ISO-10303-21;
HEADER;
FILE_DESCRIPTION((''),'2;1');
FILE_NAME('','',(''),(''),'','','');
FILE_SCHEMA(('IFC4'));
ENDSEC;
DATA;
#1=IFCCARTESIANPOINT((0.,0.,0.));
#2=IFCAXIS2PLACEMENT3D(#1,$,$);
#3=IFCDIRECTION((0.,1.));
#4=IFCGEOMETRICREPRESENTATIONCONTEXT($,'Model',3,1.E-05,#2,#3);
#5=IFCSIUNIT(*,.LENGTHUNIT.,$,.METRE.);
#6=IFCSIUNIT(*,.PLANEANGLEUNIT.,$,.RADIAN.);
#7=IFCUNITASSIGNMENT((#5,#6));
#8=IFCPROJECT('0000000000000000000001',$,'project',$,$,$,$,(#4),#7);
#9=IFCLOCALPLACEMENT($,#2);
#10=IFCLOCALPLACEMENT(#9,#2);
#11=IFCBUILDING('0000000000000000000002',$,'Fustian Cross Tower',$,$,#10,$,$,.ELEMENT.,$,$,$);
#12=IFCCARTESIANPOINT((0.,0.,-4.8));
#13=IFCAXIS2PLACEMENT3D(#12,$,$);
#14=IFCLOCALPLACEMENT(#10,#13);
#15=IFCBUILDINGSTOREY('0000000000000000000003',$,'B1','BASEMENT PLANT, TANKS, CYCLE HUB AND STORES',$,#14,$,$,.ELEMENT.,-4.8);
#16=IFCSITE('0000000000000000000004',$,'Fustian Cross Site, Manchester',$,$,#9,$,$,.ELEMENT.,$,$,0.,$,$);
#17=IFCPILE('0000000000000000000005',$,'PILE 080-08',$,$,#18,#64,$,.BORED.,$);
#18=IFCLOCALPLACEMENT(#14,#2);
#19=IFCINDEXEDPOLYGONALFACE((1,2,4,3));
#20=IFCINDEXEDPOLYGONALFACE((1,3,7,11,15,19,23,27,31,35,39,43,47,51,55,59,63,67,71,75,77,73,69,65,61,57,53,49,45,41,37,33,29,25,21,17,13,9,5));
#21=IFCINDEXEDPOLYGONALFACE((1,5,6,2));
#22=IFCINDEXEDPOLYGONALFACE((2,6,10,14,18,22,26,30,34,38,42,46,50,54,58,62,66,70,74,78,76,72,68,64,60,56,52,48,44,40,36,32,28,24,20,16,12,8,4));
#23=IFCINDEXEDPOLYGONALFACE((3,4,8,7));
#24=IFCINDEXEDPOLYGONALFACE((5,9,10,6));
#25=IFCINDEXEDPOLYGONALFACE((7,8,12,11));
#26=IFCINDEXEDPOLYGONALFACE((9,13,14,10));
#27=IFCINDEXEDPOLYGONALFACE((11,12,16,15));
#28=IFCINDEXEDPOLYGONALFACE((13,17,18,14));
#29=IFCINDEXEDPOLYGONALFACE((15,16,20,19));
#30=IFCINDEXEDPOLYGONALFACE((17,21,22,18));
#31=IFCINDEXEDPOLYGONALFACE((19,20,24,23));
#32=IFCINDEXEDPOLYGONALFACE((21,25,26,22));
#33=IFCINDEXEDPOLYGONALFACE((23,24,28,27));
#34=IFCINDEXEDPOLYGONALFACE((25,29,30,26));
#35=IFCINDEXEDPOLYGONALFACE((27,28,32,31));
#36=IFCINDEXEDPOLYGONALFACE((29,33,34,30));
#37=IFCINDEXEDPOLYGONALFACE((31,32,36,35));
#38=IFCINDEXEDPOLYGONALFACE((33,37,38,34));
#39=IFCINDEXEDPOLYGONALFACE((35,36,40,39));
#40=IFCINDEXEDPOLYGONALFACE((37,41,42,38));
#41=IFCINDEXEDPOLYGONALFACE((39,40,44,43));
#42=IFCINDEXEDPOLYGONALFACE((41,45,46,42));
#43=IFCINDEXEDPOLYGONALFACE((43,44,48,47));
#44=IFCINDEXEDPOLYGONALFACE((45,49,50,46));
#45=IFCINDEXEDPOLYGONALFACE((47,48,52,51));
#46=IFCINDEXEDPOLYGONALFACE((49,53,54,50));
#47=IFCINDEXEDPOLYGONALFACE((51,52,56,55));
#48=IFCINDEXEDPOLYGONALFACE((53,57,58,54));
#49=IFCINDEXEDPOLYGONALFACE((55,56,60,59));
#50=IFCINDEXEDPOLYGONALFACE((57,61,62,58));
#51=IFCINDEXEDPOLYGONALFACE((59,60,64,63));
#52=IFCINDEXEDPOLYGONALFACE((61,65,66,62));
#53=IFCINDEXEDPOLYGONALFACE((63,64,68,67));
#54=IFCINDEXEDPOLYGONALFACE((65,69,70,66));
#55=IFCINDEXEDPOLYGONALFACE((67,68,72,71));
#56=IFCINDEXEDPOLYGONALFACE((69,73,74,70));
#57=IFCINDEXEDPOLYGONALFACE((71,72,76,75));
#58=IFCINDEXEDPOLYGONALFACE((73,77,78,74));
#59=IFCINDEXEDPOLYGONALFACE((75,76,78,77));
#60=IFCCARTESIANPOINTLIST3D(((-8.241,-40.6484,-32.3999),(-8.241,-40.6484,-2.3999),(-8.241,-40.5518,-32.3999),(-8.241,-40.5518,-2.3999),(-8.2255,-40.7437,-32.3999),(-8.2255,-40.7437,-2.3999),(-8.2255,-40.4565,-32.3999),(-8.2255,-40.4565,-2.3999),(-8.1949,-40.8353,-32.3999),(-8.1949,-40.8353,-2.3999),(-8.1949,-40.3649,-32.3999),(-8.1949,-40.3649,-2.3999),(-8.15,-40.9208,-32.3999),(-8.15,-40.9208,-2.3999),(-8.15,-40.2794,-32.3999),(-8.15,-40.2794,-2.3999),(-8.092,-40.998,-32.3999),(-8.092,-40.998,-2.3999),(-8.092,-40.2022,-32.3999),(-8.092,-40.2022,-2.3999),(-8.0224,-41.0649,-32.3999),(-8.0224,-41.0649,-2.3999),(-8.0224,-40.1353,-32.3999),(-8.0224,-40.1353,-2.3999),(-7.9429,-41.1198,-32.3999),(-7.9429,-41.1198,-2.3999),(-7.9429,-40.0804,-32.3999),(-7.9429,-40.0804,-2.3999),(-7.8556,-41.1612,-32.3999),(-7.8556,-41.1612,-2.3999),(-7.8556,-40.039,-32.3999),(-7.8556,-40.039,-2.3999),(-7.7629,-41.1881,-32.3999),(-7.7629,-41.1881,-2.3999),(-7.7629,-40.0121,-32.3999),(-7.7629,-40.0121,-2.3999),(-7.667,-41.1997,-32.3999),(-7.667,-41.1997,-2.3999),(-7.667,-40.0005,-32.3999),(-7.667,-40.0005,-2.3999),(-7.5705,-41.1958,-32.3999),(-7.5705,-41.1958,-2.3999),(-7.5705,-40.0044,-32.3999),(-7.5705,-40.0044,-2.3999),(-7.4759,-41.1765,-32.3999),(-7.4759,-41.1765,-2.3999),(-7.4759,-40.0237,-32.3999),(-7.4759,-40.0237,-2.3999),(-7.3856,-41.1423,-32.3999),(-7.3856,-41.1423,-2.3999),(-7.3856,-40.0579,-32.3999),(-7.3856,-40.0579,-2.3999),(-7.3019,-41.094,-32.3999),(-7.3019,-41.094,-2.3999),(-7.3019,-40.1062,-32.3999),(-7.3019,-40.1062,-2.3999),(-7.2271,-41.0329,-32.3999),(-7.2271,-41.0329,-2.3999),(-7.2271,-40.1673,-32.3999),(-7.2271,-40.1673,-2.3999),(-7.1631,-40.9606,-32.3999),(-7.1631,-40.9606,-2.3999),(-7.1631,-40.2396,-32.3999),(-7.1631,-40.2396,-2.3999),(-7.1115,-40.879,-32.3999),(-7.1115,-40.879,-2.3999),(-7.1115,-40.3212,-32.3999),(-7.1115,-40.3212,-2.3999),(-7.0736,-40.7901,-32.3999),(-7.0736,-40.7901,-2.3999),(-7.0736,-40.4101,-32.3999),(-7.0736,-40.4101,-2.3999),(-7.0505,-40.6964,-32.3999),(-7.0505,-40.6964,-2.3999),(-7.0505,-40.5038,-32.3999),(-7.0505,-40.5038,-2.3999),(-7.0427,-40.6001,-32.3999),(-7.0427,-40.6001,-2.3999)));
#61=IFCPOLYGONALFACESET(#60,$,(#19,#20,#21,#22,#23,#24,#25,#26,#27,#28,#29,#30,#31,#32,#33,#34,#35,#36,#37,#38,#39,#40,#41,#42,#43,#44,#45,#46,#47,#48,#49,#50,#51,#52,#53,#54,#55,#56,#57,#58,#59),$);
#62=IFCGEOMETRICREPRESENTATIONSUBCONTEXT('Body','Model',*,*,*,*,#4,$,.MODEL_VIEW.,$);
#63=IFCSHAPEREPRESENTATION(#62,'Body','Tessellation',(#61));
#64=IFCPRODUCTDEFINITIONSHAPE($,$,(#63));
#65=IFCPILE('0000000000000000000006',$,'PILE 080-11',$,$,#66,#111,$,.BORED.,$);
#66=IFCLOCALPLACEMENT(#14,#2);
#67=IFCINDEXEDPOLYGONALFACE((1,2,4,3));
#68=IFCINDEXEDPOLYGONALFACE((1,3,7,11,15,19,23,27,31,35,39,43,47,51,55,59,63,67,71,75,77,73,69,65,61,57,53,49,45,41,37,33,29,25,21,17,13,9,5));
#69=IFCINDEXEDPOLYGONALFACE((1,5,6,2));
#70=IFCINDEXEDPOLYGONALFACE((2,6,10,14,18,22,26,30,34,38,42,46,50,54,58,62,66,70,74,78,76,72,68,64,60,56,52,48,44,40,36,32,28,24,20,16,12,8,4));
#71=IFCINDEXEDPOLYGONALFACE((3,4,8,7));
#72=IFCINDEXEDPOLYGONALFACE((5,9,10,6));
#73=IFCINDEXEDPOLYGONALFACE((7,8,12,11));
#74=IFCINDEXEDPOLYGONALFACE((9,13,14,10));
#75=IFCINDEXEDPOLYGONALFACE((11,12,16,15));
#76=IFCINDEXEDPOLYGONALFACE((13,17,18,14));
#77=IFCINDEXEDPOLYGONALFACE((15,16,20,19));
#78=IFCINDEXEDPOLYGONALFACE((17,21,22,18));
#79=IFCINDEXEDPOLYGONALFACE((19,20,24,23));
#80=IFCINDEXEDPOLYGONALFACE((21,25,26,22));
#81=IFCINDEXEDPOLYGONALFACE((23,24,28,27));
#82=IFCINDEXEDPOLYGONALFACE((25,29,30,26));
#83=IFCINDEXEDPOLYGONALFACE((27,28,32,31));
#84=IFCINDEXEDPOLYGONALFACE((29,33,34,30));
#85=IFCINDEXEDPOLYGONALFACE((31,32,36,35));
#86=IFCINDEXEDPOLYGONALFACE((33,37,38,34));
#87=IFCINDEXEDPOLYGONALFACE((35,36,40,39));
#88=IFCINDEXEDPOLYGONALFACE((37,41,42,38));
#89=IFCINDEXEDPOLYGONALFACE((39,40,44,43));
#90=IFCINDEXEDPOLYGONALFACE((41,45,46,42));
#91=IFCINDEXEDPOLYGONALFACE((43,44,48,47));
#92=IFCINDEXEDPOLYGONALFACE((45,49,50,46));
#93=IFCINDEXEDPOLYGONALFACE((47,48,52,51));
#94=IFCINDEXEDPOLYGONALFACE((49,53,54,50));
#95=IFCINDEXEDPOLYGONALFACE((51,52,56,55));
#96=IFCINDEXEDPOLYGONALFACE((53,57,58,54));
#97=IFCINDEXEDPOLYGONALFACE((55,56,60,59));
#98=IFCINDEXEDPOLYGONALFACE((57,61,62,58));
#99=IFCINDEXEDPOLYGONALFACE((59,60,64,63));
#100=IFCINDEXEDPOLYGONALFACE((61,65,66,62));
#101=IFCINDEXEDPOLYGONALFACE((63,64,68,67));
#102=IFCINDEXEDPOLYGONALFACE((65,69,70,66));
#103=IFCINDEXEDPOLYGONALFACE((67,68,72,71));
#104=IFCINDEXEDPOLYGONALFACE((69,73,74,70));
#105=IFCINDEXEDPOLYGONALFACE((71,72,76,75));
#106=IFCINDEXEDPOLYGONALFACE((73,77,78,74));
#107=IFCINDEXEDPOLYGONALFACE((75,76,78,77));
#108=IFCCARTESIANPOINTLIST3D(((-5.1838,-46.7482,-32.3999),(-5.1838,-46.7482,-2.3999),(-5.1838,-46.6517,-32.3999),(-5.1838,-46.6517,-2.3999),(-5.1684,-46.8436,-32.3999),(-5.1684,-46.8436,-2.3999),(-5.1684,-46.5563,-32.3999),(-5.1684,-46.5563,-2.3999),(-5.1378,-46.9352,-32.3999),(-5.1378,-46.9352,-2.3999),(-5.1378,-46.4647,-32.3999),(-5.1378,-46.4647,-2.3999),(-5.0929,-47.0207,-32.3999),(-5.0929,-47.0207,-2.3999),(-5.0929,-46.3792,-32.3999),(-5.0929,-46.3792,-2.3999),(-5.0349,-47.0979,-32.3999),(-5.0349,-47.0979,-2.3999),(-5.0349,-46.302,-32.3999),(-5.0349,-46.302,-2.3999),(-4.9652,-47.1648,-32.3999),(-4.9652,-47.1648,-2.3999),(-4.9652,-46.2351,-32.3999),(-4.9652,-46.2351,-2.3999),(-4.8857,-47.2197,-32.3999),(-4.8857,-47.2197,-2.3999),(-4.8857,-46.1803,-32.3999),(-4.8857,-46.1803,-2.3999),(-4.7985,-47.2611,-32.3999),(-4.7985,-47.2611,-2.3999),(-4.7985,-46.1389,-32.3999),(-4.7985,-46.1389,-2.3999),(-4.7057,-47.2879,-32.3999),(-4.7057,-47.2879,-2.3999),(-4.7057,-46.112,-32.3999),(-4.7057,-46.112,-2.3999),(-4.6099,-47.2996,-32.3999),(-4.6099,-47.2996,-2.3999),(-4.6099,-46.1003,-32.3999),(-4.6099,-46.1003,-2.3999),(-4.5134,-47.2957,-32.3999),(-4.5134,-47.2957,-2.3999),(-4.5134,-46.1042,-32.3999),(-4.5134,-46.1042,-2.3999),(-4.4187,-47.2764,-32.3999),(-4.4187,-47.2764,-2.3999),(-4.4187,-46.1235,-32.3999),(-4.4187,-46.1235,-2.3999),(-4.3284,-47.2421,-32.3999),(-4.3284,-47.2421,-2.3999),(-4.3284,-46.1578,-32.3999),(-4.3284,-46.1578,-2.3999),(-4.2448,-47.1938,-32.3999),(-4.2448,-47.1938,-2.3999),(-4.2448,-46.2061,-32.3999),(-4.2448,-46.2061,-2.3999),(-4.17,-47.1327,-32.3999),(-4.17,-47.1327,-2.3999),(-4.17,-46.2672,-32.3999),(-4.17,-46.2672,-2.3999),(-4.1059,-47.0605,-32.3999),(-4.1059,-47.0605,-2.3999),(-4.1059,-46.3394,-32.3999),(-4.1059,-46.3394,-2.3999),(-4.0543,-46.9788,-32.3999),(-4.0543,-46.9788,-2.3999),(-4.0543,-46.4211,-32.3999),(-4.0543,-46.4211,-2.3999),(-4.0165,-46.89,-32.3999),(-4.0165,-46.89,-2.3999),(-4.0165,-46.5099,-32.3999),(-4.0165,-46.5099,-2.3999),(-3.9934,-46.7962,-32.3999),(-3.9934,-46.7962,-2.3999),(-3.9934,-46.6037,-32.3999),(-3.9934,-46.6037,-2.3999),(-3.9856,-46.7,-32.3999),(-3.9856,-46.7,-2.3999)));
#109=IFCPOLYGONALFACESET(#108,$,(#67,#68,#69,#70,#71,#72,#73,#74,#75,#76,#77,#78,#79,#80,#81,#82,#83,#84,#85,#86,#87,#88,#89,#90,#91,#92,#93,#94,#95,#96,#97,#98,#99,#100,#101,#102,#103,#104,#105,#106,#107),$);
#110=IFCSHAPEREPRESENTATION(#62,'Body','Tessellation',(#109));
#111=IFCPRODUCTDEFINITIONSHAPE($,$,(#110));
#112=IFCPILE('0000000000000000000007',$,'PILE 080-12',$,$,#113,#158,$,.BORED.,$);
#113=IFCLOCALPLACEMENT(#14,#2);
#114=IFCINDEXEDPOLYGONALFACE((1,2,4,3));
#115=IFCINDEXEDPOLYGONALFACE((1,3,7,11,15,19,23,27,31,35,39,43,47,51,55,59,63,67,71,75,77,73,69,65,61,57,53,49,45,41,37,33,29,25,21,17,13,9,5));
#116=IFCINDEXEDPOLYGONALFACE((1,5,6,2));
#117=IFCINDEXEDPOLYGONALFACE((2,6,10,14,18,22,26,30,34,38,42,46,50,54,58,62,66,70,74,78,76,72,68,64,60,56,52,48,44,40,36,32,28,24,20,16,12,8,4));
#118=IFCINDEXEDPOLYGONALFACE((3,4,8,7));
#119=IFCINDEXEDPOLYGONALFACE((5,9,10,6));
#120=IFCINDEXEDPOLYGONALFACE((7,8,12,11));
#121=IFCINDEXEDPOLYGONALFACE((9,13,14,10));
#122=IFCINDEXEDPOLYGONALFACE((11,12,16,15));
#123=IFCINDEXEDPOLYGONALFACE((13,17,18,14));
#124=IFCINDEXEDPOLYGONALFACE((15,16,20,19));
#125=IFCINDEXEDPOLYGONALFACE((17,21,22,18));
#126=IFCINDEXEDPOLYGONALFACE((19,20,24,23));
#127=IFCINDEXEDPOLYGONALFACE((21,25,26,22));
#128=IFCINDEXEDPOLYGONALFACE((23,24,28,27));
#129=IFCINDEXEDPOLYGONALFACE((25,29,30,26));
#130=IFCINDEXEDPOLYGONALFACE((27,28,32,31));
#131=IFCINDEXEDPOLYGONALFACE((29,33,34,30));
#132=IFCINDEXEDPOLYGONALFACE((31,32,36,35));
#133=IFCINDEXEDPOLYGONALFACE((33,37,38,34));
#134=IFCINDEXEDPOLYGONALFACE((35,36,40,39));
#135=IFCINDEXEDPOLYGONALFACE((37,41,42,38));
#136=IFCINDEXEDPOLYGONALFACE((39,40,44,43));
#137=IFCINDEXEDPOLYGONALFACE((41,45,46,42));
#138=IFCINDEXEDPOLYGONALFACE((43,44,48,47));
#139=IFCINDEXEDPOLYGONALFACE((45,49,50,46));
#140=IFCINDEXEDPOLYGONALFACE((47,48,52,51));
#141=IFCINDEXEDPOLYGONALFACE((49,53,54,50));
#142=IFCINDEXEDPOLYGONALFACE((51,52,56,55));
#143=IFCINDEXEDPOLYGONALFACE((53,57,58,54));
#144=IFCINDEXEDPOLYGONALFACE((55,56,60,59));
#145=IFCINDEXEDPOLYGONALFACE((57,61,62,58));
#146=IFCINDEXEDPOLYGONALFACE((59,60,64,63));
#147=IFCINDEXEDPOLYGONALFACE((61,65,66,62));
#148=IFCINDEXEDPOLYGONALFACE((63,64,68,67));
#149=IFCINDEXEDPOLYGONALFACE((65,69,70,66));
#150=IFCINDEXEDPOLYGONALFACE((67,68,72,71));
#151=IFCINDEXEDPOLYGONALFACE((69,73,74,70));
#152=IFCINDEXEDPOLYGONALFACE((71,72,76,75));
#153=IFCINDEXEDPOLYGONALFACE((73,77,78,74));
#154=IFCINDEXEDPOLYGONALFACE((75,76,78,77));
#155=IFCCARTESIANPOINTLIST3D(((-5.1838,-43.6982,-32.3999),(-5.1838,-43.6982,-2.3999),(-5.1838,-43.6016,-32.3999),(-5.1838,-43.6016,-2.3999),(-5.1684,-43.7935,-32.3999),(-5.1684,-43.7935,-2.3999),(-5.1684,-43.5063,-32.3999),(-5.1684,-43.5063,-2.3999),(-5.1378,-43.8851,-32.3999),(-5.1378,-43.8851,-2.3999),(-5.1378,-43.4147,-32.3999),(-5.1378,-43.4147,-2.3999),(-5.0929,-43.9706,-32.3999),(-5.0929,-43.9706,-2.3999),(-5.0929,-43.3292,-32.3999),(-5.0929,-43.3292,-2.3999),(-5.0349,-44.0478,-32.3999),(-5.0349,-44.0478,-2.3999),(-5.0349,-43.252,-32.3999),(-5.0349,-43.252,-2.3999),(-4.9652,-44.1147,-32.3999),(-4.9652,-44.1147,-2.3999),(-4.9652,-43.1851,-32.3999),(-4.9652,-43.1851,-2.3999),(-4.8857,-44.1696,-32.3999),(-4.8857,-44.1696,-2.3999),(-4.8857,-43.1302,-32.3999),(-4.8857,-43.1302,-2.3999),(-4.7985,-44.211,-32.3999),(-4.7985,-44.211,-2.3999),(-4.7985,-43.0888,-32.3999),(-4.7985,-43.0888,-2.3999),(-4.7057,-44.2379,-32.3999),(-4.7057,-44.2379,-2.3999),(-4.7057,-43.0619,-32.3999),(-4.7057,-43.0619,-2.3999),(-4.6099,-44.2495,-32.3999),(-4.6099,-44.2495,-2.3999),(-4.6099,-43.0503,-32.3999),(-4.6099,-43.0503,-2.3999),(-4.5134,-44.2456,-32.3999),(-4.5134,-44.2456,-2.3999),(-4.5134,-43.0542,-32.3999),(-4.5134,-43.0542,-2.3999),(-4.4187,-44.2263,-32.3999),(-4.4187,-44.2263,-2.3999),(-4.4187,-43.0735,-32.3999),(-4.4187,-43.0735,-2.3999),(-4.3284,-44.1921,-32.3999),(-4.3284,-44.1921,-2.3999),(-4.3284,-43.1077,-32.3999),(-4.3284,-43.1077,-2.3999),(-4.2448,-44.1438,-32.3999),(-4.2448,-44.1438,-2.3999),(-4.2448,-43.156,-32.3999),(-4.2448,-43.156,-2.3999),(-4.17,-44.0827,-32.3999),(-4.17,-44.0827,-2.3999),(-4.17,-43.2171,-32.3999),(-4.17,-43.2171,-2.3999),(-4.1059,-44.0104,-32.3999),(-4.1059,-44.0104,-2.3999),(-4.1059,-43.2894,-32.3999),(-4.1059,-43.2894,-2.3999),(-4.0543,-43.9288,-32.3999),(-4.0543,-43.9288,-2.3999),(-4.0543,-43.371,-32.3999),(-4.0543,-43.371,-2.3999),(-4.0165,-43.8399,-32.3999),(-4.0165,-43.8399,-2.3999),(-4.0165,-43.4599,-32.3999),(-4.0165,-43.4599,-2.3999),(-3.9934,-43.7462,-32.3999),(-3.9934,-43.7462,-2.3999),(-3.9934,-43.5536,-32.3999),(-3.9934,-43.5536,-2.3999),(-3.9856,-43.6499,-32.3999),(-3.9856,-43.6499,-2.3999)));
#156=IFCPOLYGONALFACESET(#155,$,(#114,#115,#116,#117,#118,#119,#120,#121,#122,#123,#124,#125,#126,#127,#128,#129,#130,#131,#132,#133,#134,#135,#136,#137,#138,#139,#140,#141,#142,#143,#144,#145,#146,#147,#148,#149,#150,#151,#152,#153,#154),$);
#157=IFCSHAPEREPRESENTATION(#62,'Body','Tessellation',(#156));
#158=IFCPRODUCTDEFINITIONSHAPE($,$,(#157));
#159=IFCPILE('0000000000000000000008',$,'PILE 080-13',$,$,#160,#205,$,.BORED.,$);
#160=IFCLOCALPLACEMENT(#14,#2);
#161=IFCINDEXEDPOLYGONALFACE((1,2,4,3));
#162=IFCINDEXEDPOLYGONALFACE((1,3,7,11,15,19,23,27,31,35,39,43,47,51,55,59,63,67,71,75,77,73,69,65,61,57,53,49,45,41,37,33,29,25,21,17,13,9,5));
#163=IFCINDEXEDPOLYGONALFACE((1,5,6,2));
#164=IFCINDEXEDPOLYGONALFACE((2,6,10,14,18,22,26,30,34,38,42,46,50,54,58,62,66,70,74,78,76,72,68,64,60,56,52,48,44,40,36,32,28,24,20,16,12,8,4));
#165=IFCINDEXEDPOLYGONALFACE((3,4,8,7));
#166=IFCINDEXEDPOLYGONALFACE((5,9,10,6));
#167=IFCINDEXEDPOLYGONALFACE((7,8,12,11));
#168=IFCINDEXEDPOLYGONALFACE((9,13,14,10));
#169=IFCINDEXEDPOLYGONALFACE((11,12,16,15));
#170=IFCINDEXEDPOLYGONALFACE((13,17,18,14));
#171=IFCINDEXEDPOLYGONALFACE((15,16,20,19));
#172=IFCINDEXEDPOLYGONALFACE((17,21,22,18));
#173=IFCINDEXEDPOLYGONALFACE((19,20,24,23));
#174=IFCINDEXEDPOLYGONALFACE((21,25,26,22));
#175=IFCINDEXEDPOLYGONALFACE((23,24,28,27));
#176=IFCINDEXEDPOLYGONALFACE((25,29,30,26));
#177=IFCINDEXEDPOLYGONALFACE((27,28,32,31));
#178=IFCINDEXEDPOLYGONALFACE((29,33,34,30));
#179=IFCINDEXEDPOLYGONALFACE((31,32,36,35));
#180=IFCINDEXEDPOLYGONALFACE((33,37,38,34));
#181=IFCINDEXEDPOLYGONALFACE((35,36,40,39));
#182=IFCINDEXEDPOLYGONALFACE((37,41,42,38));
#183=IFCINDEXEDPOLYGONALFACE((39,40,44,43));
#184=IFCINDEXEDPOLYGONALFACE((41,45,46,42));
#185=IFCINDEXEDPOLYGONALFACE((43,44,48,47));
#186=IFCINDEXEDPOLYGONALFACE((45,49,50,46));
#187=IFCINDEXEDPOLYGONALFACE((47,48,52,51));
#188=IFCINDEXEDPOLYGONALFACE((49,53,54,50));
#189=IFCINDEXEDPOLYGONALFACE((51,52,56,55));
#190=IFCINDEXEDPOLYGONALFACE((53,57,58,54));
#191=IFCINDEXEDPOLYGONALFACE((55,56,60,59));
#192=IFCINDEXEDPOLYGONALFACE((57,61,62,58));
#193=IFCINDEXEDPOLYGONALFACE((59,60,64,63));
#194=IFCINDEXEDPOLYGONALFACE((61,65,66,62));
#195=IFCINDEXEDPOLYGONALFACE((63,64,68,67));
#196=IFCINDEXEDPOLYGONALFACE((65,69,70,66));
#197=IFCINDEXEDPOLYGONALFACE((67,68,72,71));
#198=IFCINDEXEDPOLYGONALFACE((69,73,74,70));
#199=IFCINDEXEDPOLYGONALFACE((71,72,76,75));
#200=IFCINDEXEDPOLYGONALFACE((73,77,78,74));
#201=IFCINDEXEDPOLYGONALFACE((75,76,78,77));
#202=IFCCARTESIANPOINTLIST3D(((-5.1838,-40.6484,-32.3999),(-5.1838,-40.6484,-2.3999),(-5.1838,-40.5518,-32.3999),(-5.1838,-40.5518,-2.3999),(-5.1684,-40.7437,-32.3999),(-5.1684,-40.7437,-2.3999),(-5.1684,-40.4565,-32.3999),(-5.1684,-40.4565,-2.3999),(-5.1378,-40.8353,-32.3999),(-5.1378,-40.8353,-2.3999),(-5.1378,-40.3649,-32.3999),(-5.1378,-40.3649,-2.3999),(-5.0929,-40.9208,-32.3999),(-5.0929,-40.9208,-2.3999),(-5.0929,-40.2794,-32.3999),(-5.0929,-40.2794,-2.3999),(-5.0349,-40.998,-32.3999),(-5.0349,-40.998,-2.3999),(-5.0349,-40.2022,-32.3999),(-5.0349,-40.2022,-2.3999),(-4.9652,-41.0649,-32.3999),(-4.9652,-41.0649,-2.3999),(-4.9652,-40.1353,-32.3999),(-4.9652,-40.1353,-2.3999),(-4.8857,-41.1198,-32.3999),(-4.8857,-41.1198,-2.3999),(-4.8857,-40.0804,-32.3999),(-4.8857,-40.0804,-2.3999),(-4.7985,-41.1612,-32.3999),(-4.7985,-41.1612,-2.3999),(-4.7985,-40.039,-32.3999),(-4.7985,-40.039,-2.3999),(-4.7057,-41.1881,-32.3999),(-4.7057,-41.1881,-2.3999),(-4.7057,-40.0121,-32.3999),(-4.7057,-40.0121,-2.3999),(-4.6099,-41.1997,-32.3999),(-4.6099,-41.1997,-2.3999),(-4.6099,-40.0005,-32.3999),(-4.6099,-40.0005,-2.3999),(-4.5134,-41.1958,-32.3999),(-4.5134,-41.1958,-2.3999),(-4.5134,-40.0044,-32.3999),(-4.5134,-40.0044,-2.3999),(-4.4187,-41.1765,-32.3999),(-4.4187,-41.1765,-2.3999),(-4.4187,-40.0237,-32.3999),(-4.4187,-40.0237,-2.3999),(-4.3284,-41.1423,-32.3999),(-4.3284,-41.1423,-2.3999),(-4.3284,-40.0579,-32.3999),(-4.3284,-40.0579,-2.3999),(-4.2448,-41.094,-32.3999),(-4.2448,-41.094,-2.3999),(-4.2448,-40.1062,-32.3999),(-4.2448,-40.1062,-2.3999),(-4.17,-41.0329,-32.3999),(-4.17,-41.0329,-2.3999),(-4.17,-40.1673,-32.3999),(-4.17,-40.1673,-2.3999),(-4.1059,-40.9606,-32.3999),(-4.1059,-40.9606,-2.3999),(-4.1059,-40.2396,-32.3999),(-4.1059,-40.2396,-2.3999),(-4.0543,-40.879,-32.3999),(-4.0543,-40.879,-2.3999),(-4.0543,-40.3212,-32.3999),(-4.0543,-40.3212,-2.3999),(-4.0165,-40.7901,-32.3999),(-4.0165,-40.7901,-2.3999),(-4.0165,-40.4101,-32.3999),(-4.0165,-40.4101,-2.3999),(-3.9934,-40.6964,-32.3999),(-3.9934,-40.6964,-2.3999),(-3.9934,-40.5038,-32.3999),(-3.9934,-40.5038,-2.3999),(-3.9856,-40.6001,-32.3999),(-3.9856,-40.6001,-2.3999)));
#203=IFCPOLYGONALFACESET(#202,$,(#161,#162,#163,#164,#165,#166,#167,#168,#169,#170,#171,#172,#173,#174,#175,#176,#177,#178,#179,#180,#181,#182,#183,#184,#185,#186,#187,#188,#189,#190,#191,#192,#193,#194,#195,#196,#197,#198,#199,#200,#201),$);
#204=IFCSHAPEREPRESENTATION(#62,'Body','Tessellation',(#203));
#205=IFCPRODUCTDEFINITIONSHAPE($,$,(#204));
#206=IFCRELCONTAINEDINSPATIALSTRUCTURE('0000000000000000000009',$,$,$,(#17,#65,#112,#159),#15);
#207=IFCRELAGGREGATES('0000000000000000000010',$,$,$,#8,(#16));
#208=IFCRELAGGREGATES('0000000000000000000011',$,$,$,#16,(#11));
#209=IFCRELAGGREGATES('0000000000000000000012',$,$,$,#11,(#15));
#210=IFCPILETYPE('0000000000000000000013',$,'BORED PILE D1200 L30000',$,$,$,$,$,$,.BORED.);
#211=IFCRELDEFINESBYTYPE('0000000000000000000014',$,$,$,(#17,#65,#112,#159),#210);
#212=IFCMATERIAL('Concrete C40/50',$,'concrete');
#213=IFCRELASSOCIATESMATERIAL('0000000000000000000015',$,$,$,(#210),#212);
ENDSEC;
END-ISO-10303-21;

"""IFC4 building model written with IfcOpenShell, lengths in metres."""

from ifc_helpers import new_model, si_unit, direction, frame, origin, origin_2d, place, context, subcontext, project, spatial, circle, extrude, material, material_profile, profile_set, type_object, element, save


model = new_model("IFC4")

# Units and contexts
model_context = context("Model", 3, precision=1e-05, world=origin(), true_north=direction((0.0, 1.0)))
body_context = subcontext(model_context, "Body", "Model", "MODEL_VIEW")
ifc_project = project(units=[si_unit("LENGTHUNIT", "METRE"), si_unit("PLANEANGLEUNIT", "RADIAN")], contexts=[model_context])

# Site, building, storey
site_placement = place(None, origin())
site = spatial("IfcSite", under=ifc_project, at=site_placement, Name="Fustian Cross Site, Manchester", CompositionType="ELEMENT", RefElevation=0.0)
building_placement = place(site_placement, origin())
building = spatial("IfcBuilding", under=site, at=building_placement, Name="Fustian Cross Tower", CompositionType="ELEMENT")
storey_placement = place(building_placement, frame((0.0, 0.0, -4.8)))
storey = spatial("IfcBuildingStorey", under=building, at=storey_placement, Name="B1", Description="BASEMENT PLANT, TANKS, CYCLE HUB AND STORES", CompositionType="ELEMENT", Elevation=-4.8)

# Piles
ifc_material_1 = material(Name="Concrete C40/50", Category="concrete")
ifc_material_profile_1 = material_profile(ifc_material_1, circle(Radius=0.6001, at=origin_2d()), Name="BORED PILE D1200 L30000")
ifc_profile_set_1 = profile_set([ifc_material_profile_1], Name="Concrete C40/50")
pile_type_1 = type_object("IfcPileType", Name="BORED PILE D1200 L30000", PredefinedType="BORED", material=ifc_profile_set_1)
for number, where, z_axis, x_axis, name in (
    (1, (-7.6428, -40.6001, -2.3999), (0.0, 0.0, -1.0), (1.0, 0.0, 0.0), "PILE 080-08"),
    (2, (-4.5857, -46.7, -2.3999), (0.0, 0.0, -1.0), (1.0, 0.0, 0.0), "PILE 080-11"),
    (3, (-4.5857, -43.6499, -2.3999), (0.0, 0.0, -1.0), (1.0, 0.0, 0.0), "PILE 080-12"),
    (4, (-4.5857, -40.6001, -2.3999), (0.0, 0.0, -1.0), (1.0, 0.0, 0.0), "PILE 080-13"),
):
    element("IfcPile", number, at=place(storey_placement, frame(where, z_axis=z_axis, x_axis=x_axis)), inside=storey, type_object=pile_type_1, Name=name, PredefinedType="BORED", context=body_context, shape_type="SweptSolid", body=[
        extrude(circle(Radius=0.6001, at=origin_2d()), origin(), (0.0, 0.0, 1.0), 30.0),
    ])

save(model, "model.ifc")
